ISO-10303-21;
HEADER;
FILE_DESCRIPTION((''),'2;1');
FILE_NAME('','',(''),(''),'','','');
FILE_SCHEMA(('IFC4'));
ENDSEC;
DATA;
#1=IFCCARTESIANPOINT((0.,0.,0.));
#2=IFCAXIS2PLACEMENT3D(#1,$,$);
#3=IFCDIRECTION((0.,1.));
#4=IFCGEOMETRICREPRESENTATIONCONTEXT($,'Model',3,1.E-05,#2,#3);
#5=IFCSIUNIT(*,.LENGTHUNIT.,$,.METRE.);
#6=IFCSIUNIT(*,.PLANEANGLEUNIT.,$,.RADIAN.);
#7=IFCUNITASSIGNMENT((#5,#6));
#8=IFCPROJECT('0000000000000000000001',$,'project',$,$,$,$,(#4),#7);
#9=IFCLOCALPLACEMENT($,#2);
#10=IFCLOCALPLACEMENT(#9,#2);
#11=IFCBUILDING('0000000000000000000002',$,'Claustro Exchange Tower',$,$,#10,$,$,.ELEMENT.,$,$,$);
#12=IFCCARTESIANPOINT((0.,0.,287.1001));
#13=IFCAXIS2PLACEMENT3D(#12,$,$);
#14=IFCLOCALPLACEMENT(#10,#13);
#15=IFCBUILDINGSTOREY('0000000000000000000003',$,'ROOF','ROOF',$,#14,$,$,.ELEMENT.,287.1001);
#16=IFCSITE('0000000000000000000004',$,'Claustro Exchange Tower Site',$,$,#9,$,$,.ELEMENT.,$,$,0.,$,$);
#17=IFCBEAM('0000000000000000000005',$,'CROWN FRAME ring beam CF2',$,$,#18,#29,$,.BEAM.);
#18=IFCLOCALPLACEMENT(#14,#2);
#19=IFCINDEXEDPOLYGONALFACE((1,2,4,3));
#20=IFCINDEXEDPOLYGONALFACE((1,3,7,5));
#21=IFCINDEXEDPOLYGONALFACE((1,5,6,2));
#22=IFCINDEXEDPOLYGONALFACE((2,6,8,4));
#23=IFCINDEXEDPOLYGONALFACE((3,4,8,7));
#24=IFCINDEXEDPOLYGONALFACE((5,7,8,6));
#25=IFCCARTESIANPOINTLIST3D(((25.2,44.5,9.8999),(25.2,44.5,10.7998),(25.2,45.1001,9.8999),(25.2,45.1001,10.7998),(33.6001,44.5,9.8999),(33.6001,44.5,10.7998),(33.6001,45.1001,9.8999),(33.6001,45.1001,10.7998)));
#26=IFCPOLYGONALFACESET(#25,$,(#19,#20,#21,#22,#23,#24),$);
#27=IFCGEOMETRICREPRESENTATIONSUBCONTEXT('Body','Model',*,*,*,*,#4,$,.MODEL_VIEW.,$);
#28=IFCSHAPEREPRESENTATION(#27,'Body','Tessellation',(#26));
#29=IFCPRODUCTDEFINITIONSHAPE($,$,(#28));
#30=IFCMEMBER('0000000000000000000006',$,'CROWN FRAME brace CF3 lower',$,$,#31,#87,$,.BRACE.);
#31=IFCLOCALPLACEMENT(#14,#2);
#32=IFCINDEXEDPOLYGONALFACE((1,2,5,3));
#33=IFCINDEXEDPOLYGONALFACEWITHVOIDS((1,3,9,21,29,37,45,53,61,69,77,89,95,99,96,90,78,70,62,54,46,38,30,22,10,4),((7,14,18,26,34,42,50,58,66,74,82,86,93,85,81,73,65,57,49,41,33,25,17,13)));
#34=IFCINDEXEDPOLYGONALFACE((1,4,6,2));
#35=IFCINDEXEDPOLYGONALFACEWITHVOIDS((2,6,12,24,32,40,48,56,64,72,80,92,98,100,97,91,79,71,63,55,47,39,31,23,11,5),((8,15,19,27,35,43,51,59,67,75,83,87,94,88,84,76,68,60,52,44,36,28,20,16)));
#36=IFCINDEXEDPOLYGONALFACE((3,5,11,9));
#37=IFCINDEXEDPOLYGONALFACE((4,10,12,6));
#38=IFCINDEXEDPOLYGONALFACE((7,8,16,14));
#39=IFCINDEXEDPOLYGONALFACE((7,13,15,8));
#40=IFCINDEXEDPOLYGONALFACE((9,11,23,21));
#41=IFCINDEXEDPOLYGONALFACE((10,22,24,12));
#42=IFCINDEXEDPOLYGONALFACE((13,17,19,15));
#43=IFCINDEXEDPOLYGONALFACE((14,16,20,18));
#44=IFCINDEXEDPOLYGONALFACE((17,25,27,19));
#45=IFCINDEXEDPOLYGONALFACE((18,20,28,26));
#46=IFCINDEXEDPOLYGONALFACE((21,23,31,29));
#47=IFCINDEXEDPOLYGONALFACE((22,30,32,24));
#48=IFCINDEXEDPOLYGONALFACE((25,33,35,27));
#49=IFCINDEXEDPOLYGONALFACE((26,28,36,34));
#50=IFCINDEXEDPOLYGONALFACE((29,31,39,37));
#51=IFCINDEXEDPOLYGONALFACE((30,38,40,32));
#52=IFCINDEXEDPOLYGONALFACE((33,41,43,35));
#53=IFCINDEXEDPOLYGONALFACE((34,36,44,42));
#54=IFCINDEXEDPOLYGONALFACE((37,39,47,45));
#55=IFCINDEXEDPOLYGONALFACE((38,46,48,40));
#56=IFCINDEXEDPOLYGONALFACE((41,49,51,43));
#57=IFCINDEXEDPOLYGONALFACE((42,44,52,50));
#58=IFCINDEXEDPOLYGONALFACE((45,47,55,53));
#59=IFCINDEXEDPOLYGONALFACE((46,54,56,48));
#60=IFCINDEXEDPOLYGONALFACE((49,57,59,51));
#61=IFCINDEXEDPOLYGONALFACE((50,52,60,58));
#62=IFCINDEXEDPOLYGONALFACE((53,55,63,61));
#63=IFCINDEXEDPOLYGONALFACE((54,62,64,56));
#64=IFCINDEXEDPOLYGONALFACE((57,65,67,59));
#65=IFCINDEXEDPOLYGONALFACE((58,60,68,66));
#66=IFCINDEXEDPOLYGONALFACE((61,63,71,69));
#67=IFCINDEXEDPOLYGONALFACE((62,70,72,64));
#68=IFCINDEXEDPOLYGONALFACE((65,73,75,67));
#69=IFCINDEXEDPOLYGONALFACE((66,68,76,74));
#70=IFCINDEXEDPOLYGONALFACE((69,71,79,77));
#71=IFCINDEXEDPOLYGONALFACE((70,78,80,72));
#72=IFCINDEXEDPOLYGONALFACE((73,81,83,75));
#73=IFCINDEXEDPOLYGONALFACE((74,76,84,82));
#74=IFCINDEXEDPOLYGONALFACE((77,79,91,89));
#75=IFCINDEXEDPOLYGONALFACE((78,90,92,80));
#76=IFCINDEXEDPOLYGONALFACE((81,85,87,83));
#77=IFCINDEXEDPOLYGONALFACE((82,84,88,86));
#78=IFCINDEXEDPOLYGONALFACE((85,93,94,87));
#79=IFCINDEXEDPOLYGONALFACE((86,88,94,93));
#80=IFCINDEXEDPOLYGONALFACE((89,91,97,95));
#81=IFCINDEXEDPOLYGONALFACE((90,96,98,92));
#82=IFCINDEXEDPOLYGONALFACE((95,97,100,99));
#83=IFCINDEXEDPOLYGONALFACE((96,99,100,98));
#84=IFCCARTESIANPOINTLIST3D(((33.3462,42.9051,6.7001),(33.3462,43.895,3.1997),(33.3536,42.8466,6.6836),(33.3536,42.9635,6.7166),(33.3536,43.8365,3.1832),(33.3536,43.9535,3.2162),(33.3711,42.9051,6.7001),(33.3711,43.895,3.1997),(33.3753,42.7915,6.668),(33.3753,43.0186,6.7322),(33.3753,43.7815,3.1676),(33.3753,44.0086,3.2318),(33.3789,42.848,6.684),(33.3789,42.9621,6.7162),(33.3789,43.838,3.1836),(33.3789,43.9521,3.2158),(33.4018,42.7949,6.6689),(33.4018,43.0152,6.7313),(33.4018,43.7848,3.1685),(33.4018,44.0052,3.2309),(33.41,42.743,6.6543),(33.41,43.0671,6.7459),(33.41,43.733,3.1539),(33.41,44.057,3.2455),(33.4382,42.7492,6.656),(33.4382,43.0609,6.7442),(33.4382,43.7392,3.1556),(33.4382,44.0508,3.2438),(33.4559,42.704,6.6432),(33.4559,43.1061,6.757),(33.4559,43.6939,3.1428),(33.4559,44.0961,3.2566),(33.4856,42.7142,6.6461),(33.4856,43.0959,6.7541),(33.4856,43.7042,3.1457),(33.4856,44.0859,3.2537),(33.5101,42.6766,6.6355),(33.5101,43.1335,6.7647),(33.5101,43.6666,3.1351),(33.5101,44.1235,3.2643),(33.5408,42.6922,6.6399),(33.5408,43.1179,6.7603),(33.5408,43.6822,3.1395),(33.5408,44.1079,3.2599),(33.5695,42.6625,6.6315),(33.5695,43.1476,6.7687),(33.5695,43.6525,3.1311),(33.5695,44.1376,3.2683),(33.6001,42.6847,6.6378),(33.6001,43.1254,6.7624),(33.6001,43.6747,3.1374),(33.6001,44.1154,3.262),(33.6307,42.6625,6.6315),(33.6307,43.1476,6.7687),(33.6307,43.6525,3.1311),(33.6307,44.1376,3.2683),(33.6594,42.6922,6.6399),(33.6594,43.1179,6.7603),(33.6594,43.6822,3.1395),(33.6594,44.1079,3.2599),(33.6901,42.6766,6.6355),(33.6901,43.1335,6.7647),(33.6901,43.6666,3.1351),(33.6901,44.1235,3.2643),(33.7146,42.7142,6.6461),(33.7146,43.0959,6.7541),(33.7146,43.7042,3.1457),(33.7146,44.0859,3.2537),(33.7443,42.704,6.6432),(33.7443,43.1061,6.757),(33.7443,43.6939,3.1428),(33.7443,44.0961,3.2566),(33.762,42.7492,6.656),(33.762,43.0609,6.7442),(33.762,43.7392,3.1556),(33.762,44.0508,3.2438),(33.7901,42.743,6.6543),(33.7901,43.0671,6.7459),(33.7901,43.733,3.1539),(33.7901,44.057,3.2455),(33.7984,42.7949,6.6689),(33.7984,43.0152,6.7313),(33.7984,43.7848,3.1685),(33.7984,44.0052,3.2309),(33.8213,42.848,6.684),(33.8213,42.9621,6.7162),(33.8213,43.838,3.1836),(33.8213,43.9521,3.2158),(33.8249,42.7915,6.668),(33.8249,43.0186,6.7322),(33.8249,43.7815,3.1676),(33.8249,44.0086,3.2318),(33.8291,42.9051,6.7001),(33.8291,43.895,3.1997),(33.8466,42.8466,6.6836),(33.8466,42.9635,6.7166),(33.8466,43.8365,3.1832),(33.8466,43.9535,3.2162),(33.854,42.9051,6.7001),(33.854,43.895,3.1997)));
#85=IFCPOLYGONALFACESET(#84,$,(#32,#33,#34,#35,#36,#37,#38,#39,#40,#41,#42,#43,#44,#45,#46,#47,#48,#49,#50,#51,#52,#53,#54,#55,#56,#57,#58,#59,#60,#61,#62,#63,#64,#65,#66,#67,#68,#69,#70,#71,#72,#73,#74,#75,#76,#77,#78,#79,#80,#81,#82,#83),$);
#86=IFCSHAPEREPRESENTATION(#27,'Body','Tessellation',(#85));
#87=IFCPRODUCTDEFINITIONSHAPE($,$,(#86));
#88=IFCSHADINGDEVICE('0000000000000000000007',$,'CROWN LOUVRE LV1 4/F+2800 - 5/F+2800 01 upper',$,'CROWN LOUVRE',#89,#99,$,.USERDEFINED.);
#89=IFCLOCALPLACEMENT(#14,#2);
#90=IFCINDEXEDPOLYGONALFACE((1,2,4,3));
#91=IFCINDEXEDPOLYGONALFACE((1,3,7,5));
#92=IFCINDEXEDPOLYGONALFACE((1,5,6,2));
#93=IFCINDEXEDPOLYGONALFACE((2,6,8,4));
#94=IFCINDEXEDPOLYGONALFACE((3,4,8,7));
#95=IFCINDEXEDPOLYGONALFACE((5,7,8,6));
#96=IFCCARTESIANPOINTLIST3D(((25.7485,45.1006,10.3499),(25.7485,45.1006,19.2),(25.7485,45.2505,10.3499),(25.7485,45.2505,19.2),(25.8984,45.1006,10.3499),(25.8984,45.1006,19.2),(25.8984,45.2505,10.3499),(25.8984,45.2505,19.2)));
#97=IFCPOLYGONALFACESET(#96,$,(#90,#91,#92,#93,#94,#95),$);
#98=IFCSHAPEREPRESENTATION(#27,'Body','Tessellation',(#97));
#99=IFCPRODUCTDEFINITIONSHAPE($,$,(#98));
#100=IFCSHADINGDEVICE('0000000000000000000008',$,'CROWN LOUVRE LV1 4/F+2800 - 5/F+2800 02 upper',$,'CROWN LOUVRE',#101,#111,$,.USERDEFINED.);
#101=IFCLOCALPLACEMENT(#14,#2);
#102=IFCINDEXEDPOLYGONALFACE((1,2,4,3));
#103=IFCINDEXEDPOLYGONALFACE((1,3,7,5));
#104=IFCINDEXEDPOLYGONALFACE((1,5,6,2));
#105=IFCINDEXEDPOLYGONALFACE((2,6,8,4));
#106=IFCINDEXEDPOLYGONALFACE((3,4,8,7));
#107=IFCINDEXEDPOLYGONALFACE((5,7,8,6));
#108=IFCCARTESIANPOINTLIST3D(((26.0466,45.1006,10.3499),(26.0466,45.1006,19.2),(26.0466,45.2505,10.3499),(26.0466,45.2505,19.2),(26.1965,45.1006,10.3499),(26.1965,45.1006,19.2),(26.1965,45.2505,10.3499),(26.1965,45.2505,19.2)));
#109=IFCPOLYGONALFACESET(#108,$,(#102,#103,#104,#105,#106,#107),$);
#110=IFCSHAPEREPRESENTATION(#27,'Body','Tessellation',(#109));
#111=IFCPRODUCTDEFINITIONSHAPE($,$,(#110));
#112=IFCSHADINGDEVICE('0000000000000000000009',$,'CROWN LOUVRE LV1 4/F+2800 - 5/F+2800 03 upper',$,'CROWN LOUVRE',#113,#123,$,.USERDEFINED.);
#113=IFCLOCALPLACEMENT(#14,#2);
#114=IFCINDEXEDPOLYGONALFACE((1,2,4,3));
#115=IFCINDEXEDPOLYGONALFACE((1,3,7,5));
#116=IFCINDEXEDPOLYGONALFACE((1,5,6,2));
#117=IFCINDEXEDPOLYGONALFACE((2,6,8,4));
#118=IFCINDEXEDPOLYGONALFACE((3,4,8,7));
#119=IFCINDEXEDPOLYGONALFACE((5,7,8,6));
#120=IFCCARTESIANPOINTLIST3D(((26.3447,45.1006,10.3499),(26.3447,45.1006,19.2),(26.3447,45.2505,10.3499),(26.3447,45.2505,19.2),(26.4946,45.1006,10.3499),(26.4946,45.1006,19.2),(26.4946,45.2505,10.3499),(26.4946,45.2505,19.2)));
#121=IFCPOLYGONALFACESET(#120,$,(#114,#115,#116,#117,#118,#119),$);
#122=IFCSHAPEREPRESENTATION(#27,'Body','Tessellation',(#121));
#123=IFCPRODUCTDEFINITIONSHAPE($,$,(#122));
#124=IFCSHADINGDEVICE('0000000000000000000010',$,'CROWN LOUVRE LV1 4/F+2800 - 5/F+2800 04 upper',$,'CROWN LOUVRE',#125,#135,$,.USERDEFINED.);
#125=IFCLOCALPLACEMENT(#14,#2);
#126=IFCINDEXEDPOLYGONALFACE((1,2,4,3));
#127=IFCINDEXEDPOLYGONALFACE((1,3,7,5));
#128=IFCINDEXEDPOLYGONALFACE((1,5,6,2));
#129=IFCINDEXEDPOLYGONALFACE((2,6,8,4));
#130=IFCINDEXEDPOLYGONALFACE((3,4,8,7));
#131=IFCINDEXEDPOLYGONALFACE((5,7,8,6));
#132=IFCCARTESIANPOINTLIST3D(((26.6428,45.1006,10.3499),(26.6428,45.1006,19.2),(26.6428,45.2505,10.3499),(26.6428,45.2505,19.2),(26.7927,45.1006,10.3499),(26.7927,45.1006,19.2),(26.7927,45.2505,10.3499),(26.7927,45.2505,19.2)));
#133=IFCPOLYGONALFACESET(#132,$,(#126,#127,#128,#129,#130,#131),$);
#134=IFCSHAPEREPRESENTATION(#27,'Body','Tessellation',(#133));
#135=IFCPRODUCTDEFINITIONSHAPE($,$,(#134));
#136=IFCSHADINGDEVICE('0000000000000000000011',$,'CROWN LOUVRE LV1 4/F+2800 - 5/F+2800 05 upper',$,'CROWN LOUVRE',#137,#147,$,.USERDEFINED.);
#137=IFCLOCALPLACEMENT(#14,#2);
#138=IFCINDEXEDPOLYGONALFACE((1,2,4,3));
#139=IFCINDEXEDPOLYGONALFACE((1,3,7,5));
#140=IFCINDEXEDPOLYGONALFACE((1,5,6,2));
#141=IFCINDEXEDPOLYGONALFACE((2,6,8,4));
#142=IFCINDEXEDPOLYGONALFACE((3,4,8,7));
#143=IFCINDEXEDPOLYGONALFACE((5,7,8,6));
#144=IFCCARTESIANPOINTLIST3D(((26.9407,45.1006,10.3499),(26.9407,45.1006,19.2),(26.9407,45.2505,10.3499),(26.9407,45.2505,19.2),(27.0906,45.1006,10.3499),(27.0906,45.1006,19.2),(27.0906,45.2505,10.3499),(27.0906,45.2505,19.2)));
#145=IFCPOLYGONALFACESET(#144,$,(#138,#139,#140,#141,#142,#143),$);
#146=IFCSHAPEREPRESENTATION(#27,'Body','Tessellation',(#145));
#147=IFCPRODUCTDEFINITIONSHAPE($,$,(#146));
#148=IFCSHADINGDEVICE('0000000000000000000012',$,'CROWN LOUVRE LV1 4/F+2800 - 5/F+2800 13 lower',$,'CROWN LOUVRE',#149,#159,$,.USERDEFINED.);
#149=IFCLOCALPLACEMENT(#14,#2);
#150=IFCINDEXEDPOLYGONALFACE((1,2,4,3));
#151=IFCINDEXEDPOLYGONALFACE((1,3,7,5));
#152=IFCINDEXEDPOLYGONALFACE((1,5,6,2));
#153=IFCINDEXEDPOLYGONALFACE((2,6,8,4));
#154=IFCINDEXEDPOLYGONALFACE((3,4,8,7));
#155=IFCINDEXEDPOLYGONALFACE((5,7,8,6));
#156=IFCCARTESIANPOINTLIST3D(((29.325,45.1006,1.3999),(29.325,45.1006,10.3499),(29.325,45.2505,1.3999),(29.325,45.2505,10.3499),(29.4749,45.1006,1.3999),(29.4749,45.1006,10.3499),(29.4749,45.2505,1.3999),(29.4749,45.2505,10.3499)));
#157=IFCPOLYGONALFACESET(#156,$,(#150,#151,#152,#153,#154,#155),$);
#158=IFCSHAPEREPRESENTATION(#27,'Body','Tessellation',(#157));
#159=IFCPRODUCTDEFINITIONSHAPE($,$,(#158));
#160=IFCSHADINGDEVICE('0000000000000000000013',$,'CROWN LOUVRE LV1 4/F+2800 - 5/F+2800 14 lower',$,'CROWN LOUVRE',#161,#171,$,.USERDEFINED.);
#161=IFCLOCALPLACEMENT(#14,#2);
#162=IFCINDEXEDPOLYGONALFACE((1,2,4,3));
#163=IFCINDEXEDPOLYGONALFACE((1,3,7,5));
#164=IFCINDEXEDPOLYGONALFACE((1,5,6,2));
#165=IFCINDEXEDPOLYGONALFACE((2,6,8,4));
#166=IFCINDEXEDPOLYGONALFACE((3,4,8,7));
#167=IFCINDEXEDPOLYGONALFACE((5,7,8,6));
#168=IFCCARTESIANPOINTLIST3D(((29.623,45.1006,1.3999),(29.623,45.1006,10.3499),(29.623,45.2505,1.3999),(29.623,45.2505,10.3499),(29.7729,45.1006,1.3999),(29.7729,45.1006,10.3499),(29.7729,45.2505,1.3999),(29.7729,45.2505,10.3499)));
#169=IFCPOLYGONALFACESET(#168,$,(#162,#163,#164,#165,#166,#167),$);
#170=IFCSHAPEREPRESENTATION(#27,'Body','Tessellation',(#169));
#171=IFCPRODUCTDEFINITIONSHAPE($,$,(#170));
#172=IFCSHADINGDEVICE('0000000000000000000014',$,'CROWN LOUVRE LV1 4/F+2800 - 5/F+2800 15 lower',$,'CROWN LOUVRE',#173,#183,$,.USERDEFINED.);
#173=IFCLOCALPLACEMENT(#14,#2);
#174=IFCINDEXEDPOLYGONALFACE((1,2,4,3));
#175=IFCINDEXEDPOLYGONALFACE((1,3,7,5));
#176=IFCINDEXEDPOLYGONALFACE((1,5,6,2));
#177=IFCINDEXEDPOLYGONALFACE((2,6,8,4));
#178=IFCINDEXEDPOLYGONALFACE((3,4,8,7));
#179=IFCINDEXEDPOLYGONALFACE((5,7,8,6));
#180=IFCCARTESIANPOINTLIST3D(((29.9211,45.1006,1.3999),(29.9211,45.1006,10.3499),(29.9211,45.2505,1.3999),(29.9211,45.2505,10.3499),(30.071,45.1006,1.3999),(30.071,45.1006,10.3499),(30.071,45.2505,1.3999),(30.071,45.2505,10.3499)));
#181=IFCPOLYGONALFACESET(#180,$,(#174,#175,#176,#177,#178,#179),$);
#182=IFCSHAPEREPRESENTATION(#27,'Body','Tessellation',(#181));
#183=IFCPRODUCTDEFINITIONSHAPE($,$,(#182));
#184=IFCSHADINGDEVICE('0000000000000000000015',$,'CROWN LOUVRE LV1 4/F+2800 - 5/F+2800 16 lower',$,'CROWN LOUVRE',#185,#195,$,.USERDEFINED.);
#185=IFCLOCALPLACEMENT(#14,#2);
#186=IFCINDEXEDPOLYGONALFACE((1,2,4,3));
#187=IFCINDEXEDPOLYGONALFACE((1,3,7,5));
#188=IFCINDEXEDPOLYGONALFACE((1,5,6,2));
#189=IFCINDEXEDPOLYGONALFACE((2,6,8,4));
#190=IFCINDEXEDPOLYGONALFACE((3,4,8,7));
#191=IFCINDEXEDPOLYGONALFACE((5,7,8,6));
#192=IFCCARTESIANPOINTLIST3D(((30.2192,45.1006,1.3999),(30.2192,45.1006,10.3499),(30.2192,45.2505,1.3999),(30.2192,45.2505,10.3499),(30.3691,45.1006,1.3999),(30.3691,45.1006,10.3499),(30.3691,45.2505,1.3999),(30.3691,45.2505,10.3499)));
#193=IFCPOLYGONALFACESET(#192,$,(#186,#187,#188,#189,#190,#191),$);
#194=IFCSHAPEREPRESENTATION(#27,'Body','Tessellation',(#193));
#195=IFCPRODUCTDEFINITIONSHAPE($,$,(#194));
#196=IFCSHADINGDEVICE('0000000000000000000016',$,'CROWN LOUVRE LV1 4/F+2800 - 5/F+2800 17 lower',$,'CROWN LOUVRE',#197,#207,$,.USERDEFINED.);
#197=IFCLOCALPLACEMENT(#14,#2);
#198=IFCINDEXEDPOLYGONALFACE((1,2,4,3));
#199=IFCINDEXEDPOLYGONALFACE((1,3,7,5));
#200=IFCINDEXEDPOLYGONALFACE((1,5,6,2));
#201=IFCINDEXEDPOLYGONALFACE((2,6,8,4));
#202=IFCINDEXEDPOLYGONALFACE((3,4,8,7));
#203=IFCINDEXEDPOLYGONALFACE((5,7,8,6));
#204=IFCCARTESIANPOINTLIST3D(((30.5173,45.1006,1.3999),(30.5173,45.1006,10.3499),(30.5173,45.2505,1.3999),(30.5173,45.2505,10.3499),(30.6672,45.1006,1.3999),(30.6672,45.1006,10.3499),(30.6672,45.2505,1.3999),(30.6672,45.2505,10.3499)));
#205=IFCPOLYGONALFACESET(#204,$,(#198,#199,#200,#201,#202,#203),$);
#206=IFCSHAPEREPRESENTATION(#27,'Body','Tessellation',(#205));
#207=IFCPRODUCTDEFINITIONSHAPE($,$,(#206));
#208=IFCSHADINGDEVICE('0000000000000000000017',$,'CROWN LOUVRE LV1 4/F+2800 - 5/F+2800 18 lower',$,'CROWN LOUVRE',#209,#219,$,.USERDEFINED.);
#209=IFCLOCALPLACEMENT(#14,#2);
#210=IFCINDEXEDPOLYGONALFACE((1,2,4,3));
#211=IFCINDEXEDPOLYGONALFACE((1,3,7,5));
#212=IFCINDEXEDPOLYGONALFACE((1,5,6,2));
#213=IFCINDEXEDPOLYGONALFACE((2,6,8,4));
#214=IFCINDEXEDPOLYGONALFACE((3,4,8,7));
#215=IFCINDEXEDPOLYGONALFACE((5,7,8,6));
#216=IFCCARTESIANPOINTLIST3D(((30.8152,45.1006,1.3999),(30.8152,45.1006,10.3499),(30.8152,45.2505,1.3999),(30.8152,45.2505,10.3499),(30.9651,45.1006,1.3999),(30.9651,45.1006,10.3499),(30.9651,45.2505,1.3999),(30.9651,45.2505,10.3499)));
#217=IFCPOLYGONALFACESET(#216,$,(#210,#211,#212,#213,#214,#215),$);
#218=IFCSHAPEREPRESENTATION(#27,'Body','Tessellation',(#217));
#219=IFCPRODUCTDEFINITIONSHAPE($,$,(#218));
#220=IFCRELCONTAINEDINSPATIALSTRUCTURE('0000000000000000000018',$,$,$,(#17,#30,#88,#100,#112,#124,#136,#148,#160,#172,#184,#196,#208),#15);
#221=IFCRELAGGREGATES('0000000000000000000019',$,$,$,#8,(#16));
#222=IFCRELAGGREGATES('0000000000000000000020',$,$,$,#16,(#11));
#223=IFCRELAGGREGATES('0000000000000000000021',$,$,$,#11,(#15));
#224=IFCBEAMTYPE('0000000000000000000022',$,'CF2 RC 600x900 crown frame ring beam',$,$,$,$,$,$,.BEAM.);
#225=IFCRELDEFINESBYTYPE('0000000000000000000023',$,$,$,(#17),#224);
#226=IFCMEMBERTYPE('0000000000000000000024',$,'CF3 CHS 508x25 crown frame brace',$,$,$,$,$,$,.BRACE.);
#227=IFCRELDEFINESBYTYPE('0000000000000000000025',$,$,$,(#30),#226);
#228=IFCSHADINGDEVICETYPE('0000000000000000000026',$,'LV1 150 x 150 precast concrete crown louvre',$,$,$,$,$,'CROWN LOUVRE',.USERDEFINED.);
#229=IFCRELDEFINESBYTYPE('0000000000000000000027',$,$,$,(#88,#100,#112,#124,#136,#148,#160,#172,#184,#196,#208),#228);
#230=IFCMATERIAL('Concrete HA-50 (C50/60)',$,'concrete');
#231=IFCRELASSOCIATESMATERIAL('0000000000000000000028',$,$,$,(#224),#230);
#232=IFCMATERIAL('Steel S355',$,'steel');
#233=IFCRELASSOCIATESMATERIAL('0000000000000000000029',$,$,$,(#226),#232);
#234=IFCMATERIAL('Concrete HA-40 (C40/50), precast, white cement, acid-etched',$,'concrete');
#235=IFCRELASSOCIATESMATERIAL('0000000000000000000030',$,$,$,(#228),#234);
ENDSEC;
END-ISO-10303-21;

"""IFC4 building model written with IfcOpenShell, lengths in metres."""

from ifc_helpers import new_model, si_unit, direction, frame, origin, origin_2d, place, context, subcontext, project, spatial, rectangle, hollow_circle, extrude, material, material_profile, profile_set, type_object, element, save


model = new_model("IFC4")

# Units and contexts
model_context = context("Model", 3, precision=1e-05, world=origin(), true_north=direction((0.0, 1.0)))
body_context = subcontext(model_context, "Body", "Model", "MODEL_VIEW")
ifc_project = project(units=[si_unit("LENGTHUNIT", "METRE"), si_unit("PLANEANGLEUNIT", "RADIAN")], contexts=[model_context])

# Site, building, storey
site_placement = place(None, origin())
site = spatial("IfcSite", under=ifc_project, at=site_placement, Name="Claustro Exchange Tower Site", CompositionType="ELEMENT", RefElevation=0.0)
building_placement = place(site_placement, origin())
building = spatial("IfcBuilding", under=site, at=building_placement, Name="Claustro Exchange Tower", CompositionType="ELEMENT")
storey_placement = place(building_placement, frame((0.0, 0.0, 287.1001)))
storey = spatial("IfcBuildingStorey", under=building, at=storey_placement, Name="ROOF", Description="ROOF", CompositionType="ELEMENT", Elevation=287.1001)

# Beam
ifc_material_1 = material(Name="Concrete HA-50 (C50/60)", Category="concrete")
ifc_material_profile_1 = material_profile(ifc_material_1, rectangle(XDim=0.6001, YDim=0.8999, at=origin_2d()), Name="RC 600x900")
ifc_profile_set_1 = profile_set([ifc_material_profile_1], Name="Concrete HA-50 (C50/60)")
beam_type = type_object("IfcBeamType", Name="CF2 RC 600x900 crown frame ring beam", PredefinedType="BEAM", material=ifc_profile_set_1)
beam_placement = place(storey_placement, frame((25.2, 44.8, 10.3499), z_axis=(1.0, 0.0, 0.0), x_axis=(0.0, 1.0, 0.0)))
element("IfcBeam", 1, at=beam_placement, inside=storey, type_object=beam_type, Name="CROWN FRAME ring beam CF2", PredefinedType="BEAM", context=body_context, shape_type="SweptSolid", body=[
    extrude(rectangle(XDim=0.6001, YDim=0.8999, at=origin_2d()), origin(), (0.0, 0.0, 1.0), 8.4001),
])

# Member
ifc_material_2 = material(Name="Steel S355", Category="steel")
ifc_material_profile_2 = material_profile(ifc_material_2, hollow_circle(Radius=0.2539, WallThickness=0.0249, at=origin_2d()), Name="CHS 508x25")
ifc_profile_set_2 = profile_set([ifc_material_profile_2], Name="Steel S355")
member_type = type_object("IfcMemberType", Name="CF3 CHS 508x25 crown frame brace", PredefinedType="BRACE", material=ifc_profile_set_2)
member_placement = place(storey_placement, frame((33.6001, 43.895, 3.1997), z_axis=(0.0, -0.272141, 0.962257), x_axis=(1.0, 0.0, 0.0)))
element("IfcMember", 2, at=member_placement, inside=storey, type_object=member_type, Name="CROWN FRAME brace CF3 lower", PredefinedType="BRACE", context=body_context, shape_type="SweptSolid", body=[
    extrude(hollow_circle(Radius=0.2539, WallThickness=0.0249, at=origin_2d()), origin(), (0.0, 0.0, 1.0), 3.6377),
])

# Shading devices
ifc_material_3 = material(Name="Concrete HA-40 (C40/50), precast, white cement, acid-etched", Category="concrete")
shading_device_type = type_object("IfcShadingDeviceType", Name="LV1 150 x 150 precast concrete crown louvre", ElementType="CROWN LOUVRE", PredefinedType="USERDEFINED", material=ifc_material_3)
for number, where, z_axis, x_axis, name in (
    (3, (25.8235, 45.1755, 10.3499), (0.0, 0.0, 1.0), (1.0, 0.0, 0.0), "CROWN LOUVRE LV1 4/F+2800 - 5/F+2800 01 upper"),
    (4, (26.1216, 45.1755, 10.3499), (0.0, 0.0, 1.0), (1.0, 0.0, 0.0), "CROWN LOUVRE LV1 4/F+2800 - 5/F+2800 02 upper"),
    (5, (26.4197, 45.1755, 10.3499), (0.0, 0.0, 1.0), (1.0, 0.0, 0.0), "CROWN LOUVRE LV1 4/F+2800 - 5/F+2800 03 upper"),
    (6, (26.7178, 45.1755, 10.3499), (0.0, 0.0, 1.0), (1.0, 0.0, 0.0), "CROWN LOUVRE LV1 4/F+2800 - 5/F+2800 04 upper"),
    (7, (27.0156, 45.1755, 10.3499), (0.0, 0.0, 1.0), (1.0, 0.0, 0.0), "CROWN LOUVRE LV1 4/F+2800 - 5/F+2800 05 upper"),
):
    element("IfcShadingDevice", number, at=place(storey_placement, frame(where, z_axis=z_axis, x_axis=x_axis)), inside=storey, type_object=shading_device_type, Name=name, ObjectType="CROWN LOUVRE", PredefinedType="USERDEFINED", context=body_context, shape_type="SweptSolid", body=[
        extrude(rectangle(XDim=0.1499, YDim=0.1499, at=origin_2d()), origin(), (0.0, 0.0, 1.0), 8.8501),
    ])
for number, where, z_axis, x_axis, name in (
    (8, (29.3999, 45.1755, 1.3999), (0.0, 0.0, 1.0), (1.0, 0.0, 0.0), "CROWN LOUVRE LV1 4/F+2800 - 5/F+2800 13 lower"),
    (9, (29.698, 45.1755, 1.3999), (0.0, 0.0, 1.0), (1.0, 0.0, 0.0), "CROWN LOUVRE LV1 4/F+2800 - 5/F+2800 14 lower"),
    (10, (29.9961, 45.1755, 1.3999), (0.0, 0.0, 1.0), (1.0, 0.0, 0.0), "CROWN LOUVRE LV1 4/F+2800 - 5/F+2800 15 lower"),
    (11, (30.2942, 45.1755, 1.3999), (0.0, 0.0, 1.0), (1.0, 0.0, 0.0), "CROWN LOUVRE LV1 4/F+2800 - 5/F+2800 16 lower"),
    (12, (30.5923, 45.1755, 1.3999), (0.0, 0.0, 1.0), (1.0, 0.0, 0.0), "CROWN LOUVRE LV1 4/F+2800 - 5/F+2800 17 lower"),
    (13, (30.8901, 45.1755, 1.3999), (0.0, 0.0, 1.0), (1.0, 0.0, 0.0), "CROWN LOUVRE LV1 4/F+2800 - 5/F+2800 18 lower"),
):
    element("IfcShadingDevice", number, at=place(storey_placement, frame(where, z_axis=z_axis, x_axis=x_axis)), inside=storey, type_object=shading_device_type, Name=name, ObjectType="CROWN LOUVRE", PredefinedType="USERDEFINED", context=body_context, shape_type="SweptSolid", body=[
        extrude(rectangle(XDim=0.1499, YDim=0.1499, at=origin_2d()), origin(), (0.0, 0.0, 1.0), 8.95),
    ])

save(model, "model.ifc")
